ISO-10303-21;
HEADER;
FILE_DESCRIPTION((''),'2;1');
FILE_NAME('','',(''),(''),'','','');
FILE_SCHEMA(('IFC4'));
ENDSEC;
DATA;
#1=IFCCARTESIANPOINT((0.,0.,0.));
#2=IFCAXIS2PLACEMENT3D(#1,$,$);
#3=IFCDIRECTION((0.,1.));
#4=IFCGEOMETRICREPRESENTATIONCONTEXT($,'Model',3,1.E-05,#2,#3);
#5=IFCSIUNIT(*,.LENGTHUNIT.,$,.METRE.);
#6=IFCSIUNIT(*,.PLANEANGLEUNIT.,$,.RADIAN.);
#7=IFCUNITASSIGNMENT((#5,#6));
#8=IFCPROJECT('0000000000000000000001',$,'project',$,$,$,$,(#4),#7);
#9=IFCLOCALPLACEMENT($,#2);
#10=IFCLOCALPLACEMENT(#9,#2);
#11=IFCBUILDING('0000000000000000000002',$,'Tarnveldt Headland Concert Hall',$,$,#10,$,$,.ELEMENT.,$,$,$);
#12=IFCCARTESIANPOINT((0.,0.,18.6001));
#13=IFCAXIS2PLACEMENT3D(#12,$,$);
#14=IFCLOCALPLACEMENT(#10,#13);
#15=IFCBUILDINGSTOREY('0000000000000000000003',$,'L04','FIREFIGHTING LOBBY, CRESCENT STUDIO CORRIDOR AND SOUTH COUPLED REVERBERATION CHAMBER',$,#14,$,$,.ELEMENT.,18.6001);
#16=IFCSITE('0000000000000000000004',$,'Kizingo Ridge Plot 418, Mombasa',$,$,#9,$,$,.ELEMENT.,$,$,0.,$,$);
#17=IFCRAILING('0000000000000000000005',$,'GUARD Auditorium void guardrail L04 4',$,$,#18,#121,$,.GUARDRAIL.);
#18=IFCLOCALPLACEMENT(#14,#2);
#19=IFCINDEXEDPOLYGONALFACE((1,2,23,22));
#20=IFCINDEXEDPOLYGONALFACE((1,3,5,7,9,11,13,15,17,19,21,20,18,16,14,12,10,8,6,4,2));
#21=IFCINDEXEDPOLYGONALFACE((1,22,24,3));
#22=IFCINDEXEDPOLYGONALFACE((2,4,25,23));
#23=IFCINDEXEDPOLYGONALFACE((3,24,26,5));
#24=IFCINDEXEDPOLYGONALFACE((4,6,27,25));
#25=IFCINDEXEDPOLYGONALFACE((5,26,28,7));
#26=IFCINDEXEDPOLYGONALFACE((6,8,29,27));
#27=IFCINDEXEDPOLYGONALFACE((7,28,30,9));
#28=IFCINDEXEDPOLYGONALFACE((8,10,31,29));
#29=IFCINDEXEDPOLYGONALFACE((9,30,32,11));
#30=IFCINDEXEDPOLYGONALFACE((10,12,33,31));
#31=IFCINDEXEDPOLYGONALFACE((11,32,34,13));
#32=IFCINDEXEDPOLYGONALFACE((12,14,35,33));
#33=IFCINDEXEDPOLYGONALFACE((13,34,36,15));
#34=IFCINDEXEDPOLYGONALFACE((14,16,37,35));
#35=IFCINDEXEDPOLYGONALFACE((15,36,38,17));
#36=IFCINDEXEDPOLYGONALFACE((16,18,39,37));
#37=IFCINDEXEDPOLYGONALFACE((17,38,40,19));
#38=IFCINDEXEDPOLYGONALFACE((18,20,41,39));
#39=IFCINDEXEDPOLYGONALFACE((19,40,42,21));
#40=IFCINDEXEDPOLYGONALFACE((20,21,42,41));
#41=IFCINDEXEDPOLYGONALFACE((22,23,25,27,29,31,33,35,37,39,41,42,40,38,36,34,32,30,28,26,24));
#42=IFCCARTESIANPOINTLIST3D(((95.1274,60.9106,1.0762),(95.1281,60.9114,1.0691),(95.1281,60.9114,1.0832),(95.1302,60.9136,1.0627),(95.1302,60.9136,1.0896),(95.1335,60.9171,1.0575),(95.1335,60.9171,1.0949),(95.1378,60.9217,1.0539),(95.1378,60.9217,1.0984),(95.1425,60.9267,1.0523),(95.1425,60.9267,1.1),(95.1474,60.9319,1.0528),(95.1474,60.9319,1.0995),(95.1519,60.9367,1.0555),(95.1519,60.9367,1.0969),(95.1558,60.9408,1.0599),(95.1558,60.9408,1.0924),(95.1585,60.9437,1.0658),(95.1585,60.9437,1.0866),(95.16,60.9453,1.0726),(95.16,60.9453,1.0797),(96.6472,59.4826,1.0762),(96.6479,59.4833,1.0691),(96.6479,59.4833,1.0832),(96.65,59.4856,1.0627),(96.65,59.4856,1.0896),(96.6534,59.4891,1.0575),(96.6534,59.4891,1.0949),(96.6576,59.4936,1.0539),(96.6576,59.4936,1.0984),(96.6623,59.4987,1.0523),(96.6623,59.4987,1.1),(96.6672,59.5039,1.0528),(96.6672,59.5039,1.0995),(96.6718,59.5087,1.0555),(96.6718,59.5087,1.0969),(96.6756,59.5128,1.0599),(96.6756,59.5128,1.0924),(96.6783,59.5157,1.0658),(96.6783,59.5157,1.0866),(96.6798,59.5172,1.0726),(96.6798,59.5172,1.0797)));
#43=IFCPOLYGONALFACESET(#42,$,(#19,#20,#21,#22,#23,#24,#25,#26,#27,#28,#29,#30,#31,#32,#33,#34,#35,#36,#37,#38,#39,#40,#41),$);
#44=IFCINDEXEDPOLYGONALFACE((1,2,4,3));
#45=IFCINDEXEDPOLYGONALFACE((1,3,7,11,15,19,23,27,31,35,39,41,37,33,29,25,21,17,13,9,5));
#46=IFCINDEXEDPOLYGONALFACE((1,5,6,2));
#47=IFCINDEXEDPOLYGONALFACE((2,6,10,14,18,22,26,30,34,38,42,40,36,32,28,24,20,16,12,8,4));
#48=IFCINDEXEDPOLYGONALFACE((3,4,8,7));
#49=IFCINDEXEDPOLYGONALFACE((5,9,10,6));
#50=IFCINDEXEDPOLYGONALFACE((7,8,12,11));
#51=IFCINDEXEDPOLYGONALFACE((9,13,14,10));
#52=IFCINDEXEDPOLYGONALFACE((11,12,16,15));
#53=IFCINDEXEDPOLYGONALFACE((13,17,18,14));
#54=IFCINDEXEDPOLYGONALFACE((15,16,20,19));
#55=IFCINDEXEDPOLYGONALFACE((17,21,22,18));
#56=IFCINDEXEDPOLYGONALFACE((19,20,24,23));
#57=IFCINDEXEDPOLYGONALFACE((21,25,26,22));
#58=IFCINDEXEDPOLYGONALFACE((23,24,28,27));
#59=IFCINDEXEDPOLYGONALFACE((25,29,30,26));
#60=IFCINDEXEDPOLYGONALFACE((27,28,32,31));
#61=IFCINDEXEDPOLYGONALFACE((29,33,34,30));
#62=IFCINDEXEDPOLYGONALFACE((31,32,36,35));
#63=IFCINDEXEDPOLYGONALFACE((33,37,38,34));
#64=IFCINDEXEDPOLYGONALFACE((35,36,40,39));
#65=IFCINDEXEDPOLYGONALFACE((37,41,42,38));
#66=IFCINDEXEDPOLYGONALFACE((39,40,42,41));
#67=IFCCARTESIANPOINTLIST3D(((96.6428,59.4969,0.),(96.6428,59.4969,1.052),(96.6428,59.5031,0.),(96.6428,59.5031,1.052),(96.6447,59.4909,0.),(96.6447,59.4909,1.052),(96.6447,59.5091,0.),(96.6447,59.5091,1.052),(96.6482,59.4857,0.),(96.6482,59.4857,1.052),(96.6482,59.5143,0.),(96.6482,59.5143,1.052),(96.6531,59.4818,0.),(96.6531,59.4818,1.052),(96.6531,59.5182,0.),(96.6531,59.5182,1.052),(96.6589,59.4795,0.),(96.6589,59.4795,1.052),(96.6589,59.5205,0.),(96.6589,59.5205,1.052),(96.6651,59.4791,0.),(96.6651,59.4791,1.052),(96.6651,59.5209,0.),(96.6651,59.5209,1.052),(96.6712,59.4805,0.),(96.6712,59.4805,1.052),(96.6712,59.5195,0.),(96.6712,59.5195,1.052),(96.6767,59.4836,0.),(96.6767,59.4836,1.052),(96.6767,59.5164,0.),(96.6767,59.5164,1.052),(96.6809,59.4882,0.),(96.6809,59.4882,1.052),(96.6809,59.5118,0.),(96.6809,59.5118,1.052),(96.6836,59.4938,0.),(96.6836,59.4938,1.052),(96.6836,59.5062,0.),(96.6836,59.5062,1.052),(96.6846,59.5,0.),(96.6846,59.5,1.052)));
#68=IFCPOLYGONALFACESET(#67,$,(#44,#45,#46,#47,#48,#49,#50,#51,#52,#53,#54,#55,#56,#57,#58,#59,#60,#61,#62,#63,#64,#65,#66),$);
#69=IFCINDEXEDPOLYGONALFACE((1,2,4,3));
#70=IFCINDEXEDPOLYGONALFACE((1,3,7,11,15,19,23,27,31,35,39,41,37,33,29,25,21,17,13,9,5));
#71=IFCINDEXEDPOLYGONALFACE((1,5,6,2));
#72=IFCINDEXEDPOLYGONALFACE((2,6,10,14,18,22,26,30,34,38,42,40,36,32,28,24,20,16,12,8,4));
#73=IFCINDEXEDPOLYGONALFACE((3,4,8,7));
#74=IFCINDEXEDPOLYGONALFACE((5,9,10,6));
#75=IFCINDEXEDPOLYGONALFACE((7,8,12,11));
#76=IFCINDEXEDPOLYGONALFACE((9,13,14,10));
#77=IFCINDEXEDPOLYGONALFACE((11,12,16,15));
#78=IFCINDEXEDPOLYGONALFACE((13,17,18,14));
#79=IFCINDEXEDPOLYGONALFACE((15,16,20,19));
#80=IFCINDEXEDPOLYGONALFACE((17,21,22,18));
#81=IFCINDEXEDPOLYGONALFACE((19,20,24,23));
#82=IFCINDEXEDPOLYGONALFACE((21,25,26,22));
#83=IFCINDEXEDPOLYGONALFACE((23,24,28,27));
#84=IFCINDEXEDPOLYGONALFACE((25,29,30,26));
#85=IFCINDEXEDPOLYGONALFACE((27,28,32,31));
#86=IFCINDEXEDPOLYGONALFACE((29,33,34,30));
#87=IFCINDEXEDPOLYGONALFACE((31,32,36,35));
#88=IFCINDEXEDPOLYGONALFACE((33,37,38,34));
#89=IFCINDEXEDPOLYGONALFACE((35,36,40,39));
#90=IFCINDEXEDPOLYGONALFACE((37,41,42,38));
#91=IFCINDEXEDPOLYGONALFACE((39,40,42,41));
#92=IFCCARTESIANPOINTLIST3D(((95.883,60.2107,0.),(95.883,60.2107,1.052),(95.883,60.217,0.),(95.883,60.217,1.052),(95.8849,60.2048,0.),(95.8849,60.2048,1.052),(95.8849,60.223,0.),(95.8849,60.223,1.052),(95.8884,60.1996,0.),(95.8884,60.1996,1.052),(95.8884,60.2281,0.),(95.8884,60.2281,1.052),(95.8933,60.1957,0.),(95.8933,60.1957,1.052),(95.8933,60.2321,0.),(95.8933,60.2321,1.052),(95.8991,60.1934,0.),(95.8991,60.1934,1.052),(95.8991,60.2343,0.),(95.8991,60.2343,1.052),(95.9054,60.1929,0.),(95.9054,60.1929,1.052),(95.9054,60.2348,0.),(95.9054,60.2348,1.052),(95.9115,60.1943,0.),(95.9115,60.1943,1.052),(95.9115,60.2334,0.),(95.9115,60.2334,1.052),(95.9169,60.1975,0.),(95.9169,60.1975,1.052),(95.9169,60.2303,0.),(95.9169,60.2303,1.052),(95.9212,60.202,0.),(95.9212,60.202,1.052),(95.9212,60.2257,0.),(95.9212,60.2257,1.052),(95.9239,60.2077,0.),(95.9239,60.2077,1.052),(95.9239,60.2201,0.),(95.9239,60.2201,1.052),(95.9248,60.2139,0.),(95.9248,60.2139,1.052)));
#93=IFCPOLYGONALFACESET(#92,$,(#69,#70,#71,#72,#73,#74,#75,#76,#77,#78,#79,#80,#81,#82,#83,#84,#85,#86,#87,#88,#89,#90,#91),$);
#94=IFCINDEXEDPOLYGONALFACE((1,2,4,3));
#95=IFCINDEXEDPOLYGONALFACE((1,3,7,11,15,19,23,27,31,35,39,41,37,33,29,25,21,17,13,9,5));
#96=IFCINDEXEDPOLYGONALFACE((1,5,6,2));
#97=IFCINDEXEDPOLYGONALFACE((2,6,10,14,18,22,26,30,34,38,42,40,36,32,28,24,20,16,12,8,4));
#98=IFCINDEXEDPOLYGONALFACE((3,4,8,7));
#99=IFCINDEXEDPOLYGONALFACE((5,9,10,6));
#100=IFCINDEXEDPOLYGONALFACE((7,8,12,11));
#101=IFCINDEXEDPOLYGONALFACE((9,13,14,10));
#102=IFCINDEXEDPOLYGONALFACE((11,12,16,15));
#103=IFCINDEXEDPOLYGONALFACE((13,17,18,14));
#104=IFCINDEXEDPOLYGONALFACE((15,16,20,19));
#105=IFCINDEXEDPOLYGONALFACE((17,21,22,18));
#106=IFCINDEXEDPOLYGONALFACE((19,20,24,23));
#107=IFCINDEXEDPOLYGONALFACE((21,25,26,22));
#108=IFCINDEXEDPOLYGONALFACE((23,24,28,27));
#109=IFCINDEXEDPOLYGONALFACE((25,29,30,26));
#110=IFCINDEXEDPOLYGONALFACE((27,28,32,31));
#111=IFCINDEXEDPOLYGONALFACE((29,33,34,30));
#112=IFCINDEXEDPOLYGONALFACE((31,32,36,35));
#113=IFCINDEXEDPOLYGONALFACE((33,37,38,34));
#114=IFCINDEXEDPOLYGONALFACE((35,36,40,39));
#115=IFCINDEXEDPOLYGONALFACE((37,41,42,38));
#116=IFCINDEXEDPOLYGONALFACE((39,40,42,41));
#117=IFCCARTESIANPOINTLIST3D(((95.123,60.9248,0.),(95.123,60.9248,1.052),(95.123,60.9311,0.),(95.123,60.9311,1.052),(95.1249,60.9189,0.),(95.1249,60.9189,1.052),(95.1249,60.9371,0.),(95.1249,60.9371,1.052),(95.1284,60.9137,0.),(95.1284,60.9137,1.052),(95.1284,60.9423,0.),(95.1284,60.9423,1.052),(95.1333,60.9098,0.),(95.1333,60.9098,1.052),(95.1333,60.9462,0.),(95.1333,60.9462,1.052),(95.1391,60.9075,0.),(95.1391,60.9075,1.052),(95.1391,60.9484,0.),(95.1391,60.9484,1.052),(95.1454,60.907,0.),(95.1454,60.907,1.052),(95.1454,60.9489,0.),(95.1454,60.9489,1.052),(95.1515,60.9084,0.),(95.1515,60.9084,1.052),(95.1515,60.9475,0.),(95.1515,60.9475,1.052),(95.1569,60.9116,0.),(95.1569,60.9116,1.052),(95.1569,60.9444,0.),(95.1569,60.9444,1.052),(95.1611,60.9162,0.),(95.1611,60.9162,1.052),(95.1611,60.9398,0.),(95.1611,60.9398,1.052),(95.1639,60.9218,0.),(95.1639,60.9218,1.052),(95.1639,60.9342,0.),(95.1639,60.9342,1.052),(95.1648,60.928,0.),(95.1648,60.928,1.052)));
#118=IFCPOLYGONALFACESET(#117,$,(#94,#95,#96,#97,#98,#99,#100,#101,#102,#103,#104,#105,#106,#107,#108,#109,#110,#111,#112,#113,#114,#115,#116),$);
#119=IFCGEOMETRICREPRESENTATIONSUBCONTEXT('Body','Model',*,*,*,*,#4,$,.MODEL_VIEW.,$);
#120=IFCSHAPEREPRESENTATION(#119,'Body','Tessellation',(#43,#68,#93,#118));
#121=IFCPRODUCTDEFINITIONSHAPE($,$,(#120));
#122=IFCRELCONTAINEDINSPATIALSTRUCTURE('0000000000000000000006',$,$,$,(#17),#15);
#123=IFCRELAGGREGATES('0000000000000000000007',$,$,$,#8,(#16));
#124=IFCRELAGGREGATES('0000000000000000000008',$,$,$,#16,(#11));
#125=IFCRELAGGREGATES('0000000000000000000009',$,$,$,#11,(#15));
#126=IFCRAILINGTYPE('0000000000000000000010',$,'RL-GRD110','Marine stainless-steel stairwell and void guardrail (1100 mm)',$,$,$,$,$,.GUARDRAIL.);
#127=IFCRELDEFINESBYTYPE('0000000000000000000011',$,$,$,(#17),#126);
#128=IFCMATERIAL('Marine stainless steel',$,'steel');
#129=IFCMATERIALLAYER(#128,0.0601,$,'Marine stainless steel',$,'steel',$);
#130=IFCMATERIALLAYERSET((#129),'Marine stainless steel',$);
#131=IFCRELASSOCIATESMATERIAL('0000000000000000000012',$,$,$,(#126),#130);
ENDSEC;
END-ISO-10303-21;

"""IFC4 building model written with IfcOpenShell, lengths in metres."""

from ifc_helpers import new_model, si_unit, direction, frame, origin, origin_2d, place, context, subcontext, project, spatial, circle, extrude, material, layer, layer_set, type_object, element, save


model = new_model("IFC4")

# Units and contexts
model_context = context("Model", 3, precision=1e-05, world=origin(), true_north=direction((0.0, 1.0)))
body_context = subcontext(model_context, "Body", "Model", "MODEL_VIEW")
ifc_project = project(units=[si_unit("LENGTHUNIT", "METRE"), si_unit("PLANEANGLEUNIT", "RADIAN")], contexts=[model_context])

# Site, building, storey
site_placement = place(None, origin())
site = spatial("IfcSite", under=ifc_project, at=site_placement, Name="Kizingo Ridge Plot 418, Mombasa", CompositionType="ELEMENT", RefElevation=0.0)
building_placement = place(site_placement, origin())
building = spatial("IfcBuilding", under=site, at=building_placement, Name="Tarnveldt Headland Concert Hall", CompositionType="ELEMENT")
storey_placement = place(building_placement, frame((0.0, 0.0, 18.6001)))
storey = spatial("IfcBuildingStorey", under=building, at=storey_placement, Name="L04", Description="FIREFIGHTING LOBBY, CRESCENT STUDIO CORRIDOR AND SOUTH COUPLED REVERBERATION CHAMBER", CompositionType="ELEMENT", Elevation=18.6001)

# Railing
ifc_material_1 = material(Name="Marine stainless steel", Category="steel")
ifc_layer_1 = layer(ifc_material_1, 0.0601, Name="Marine stainless steel", Category="steel")
ifc_layer_set_1 = layer_set([ifc_layer_1], Name="Marine stainless steel")
railing_type = type_object("IfcRailingType", Name="RL-GRD110", Description="Marine stainless-steel stairwell and void guardrail (1100 mm)", PredefinedType="GUARDRAIL", material=ifc_layer_set_1)
railing_1_placement = place(storey_placement, frame((96.6636, 59.5, 0.0)))
element("IfcRailing", 1, at=railing_1_placement, inside=storey, type_object=railing_type, Name="GUARD Auditorium void guardrail L04 4", PredefinedType="GUARDRAIL", context=body_context, shape_type="SweptSolid", body=[
    extrude(circle(Radius=0.0239, at=origin_2d()), frame((0.0, 0.0, 1.0762), z_axis=(-0.728774, 0.684755, 0.0), x_axis=(-0.684755, -0.728774, 0.0)), (0.0, 0.0, 1.0), 2.0854),
    extrude(circle(Radius=0.021, at=origin_2d()), origin(), (0.0, 0.0, 1.0), 1.052),
    extrude(circle(Radius=0.021, at=origin_2d()), frame((-0.7598, 0.7139, 0.0)), (0.0, 0.0, 1.0), 1.052),
    extrude(circle(Radius=0.021, at=origin_2d()), frame((-1.5198, 1.428, 0.0)), (0.0, 0.0, 1.0), 1.052),
])

save(model, "model.ifc")
